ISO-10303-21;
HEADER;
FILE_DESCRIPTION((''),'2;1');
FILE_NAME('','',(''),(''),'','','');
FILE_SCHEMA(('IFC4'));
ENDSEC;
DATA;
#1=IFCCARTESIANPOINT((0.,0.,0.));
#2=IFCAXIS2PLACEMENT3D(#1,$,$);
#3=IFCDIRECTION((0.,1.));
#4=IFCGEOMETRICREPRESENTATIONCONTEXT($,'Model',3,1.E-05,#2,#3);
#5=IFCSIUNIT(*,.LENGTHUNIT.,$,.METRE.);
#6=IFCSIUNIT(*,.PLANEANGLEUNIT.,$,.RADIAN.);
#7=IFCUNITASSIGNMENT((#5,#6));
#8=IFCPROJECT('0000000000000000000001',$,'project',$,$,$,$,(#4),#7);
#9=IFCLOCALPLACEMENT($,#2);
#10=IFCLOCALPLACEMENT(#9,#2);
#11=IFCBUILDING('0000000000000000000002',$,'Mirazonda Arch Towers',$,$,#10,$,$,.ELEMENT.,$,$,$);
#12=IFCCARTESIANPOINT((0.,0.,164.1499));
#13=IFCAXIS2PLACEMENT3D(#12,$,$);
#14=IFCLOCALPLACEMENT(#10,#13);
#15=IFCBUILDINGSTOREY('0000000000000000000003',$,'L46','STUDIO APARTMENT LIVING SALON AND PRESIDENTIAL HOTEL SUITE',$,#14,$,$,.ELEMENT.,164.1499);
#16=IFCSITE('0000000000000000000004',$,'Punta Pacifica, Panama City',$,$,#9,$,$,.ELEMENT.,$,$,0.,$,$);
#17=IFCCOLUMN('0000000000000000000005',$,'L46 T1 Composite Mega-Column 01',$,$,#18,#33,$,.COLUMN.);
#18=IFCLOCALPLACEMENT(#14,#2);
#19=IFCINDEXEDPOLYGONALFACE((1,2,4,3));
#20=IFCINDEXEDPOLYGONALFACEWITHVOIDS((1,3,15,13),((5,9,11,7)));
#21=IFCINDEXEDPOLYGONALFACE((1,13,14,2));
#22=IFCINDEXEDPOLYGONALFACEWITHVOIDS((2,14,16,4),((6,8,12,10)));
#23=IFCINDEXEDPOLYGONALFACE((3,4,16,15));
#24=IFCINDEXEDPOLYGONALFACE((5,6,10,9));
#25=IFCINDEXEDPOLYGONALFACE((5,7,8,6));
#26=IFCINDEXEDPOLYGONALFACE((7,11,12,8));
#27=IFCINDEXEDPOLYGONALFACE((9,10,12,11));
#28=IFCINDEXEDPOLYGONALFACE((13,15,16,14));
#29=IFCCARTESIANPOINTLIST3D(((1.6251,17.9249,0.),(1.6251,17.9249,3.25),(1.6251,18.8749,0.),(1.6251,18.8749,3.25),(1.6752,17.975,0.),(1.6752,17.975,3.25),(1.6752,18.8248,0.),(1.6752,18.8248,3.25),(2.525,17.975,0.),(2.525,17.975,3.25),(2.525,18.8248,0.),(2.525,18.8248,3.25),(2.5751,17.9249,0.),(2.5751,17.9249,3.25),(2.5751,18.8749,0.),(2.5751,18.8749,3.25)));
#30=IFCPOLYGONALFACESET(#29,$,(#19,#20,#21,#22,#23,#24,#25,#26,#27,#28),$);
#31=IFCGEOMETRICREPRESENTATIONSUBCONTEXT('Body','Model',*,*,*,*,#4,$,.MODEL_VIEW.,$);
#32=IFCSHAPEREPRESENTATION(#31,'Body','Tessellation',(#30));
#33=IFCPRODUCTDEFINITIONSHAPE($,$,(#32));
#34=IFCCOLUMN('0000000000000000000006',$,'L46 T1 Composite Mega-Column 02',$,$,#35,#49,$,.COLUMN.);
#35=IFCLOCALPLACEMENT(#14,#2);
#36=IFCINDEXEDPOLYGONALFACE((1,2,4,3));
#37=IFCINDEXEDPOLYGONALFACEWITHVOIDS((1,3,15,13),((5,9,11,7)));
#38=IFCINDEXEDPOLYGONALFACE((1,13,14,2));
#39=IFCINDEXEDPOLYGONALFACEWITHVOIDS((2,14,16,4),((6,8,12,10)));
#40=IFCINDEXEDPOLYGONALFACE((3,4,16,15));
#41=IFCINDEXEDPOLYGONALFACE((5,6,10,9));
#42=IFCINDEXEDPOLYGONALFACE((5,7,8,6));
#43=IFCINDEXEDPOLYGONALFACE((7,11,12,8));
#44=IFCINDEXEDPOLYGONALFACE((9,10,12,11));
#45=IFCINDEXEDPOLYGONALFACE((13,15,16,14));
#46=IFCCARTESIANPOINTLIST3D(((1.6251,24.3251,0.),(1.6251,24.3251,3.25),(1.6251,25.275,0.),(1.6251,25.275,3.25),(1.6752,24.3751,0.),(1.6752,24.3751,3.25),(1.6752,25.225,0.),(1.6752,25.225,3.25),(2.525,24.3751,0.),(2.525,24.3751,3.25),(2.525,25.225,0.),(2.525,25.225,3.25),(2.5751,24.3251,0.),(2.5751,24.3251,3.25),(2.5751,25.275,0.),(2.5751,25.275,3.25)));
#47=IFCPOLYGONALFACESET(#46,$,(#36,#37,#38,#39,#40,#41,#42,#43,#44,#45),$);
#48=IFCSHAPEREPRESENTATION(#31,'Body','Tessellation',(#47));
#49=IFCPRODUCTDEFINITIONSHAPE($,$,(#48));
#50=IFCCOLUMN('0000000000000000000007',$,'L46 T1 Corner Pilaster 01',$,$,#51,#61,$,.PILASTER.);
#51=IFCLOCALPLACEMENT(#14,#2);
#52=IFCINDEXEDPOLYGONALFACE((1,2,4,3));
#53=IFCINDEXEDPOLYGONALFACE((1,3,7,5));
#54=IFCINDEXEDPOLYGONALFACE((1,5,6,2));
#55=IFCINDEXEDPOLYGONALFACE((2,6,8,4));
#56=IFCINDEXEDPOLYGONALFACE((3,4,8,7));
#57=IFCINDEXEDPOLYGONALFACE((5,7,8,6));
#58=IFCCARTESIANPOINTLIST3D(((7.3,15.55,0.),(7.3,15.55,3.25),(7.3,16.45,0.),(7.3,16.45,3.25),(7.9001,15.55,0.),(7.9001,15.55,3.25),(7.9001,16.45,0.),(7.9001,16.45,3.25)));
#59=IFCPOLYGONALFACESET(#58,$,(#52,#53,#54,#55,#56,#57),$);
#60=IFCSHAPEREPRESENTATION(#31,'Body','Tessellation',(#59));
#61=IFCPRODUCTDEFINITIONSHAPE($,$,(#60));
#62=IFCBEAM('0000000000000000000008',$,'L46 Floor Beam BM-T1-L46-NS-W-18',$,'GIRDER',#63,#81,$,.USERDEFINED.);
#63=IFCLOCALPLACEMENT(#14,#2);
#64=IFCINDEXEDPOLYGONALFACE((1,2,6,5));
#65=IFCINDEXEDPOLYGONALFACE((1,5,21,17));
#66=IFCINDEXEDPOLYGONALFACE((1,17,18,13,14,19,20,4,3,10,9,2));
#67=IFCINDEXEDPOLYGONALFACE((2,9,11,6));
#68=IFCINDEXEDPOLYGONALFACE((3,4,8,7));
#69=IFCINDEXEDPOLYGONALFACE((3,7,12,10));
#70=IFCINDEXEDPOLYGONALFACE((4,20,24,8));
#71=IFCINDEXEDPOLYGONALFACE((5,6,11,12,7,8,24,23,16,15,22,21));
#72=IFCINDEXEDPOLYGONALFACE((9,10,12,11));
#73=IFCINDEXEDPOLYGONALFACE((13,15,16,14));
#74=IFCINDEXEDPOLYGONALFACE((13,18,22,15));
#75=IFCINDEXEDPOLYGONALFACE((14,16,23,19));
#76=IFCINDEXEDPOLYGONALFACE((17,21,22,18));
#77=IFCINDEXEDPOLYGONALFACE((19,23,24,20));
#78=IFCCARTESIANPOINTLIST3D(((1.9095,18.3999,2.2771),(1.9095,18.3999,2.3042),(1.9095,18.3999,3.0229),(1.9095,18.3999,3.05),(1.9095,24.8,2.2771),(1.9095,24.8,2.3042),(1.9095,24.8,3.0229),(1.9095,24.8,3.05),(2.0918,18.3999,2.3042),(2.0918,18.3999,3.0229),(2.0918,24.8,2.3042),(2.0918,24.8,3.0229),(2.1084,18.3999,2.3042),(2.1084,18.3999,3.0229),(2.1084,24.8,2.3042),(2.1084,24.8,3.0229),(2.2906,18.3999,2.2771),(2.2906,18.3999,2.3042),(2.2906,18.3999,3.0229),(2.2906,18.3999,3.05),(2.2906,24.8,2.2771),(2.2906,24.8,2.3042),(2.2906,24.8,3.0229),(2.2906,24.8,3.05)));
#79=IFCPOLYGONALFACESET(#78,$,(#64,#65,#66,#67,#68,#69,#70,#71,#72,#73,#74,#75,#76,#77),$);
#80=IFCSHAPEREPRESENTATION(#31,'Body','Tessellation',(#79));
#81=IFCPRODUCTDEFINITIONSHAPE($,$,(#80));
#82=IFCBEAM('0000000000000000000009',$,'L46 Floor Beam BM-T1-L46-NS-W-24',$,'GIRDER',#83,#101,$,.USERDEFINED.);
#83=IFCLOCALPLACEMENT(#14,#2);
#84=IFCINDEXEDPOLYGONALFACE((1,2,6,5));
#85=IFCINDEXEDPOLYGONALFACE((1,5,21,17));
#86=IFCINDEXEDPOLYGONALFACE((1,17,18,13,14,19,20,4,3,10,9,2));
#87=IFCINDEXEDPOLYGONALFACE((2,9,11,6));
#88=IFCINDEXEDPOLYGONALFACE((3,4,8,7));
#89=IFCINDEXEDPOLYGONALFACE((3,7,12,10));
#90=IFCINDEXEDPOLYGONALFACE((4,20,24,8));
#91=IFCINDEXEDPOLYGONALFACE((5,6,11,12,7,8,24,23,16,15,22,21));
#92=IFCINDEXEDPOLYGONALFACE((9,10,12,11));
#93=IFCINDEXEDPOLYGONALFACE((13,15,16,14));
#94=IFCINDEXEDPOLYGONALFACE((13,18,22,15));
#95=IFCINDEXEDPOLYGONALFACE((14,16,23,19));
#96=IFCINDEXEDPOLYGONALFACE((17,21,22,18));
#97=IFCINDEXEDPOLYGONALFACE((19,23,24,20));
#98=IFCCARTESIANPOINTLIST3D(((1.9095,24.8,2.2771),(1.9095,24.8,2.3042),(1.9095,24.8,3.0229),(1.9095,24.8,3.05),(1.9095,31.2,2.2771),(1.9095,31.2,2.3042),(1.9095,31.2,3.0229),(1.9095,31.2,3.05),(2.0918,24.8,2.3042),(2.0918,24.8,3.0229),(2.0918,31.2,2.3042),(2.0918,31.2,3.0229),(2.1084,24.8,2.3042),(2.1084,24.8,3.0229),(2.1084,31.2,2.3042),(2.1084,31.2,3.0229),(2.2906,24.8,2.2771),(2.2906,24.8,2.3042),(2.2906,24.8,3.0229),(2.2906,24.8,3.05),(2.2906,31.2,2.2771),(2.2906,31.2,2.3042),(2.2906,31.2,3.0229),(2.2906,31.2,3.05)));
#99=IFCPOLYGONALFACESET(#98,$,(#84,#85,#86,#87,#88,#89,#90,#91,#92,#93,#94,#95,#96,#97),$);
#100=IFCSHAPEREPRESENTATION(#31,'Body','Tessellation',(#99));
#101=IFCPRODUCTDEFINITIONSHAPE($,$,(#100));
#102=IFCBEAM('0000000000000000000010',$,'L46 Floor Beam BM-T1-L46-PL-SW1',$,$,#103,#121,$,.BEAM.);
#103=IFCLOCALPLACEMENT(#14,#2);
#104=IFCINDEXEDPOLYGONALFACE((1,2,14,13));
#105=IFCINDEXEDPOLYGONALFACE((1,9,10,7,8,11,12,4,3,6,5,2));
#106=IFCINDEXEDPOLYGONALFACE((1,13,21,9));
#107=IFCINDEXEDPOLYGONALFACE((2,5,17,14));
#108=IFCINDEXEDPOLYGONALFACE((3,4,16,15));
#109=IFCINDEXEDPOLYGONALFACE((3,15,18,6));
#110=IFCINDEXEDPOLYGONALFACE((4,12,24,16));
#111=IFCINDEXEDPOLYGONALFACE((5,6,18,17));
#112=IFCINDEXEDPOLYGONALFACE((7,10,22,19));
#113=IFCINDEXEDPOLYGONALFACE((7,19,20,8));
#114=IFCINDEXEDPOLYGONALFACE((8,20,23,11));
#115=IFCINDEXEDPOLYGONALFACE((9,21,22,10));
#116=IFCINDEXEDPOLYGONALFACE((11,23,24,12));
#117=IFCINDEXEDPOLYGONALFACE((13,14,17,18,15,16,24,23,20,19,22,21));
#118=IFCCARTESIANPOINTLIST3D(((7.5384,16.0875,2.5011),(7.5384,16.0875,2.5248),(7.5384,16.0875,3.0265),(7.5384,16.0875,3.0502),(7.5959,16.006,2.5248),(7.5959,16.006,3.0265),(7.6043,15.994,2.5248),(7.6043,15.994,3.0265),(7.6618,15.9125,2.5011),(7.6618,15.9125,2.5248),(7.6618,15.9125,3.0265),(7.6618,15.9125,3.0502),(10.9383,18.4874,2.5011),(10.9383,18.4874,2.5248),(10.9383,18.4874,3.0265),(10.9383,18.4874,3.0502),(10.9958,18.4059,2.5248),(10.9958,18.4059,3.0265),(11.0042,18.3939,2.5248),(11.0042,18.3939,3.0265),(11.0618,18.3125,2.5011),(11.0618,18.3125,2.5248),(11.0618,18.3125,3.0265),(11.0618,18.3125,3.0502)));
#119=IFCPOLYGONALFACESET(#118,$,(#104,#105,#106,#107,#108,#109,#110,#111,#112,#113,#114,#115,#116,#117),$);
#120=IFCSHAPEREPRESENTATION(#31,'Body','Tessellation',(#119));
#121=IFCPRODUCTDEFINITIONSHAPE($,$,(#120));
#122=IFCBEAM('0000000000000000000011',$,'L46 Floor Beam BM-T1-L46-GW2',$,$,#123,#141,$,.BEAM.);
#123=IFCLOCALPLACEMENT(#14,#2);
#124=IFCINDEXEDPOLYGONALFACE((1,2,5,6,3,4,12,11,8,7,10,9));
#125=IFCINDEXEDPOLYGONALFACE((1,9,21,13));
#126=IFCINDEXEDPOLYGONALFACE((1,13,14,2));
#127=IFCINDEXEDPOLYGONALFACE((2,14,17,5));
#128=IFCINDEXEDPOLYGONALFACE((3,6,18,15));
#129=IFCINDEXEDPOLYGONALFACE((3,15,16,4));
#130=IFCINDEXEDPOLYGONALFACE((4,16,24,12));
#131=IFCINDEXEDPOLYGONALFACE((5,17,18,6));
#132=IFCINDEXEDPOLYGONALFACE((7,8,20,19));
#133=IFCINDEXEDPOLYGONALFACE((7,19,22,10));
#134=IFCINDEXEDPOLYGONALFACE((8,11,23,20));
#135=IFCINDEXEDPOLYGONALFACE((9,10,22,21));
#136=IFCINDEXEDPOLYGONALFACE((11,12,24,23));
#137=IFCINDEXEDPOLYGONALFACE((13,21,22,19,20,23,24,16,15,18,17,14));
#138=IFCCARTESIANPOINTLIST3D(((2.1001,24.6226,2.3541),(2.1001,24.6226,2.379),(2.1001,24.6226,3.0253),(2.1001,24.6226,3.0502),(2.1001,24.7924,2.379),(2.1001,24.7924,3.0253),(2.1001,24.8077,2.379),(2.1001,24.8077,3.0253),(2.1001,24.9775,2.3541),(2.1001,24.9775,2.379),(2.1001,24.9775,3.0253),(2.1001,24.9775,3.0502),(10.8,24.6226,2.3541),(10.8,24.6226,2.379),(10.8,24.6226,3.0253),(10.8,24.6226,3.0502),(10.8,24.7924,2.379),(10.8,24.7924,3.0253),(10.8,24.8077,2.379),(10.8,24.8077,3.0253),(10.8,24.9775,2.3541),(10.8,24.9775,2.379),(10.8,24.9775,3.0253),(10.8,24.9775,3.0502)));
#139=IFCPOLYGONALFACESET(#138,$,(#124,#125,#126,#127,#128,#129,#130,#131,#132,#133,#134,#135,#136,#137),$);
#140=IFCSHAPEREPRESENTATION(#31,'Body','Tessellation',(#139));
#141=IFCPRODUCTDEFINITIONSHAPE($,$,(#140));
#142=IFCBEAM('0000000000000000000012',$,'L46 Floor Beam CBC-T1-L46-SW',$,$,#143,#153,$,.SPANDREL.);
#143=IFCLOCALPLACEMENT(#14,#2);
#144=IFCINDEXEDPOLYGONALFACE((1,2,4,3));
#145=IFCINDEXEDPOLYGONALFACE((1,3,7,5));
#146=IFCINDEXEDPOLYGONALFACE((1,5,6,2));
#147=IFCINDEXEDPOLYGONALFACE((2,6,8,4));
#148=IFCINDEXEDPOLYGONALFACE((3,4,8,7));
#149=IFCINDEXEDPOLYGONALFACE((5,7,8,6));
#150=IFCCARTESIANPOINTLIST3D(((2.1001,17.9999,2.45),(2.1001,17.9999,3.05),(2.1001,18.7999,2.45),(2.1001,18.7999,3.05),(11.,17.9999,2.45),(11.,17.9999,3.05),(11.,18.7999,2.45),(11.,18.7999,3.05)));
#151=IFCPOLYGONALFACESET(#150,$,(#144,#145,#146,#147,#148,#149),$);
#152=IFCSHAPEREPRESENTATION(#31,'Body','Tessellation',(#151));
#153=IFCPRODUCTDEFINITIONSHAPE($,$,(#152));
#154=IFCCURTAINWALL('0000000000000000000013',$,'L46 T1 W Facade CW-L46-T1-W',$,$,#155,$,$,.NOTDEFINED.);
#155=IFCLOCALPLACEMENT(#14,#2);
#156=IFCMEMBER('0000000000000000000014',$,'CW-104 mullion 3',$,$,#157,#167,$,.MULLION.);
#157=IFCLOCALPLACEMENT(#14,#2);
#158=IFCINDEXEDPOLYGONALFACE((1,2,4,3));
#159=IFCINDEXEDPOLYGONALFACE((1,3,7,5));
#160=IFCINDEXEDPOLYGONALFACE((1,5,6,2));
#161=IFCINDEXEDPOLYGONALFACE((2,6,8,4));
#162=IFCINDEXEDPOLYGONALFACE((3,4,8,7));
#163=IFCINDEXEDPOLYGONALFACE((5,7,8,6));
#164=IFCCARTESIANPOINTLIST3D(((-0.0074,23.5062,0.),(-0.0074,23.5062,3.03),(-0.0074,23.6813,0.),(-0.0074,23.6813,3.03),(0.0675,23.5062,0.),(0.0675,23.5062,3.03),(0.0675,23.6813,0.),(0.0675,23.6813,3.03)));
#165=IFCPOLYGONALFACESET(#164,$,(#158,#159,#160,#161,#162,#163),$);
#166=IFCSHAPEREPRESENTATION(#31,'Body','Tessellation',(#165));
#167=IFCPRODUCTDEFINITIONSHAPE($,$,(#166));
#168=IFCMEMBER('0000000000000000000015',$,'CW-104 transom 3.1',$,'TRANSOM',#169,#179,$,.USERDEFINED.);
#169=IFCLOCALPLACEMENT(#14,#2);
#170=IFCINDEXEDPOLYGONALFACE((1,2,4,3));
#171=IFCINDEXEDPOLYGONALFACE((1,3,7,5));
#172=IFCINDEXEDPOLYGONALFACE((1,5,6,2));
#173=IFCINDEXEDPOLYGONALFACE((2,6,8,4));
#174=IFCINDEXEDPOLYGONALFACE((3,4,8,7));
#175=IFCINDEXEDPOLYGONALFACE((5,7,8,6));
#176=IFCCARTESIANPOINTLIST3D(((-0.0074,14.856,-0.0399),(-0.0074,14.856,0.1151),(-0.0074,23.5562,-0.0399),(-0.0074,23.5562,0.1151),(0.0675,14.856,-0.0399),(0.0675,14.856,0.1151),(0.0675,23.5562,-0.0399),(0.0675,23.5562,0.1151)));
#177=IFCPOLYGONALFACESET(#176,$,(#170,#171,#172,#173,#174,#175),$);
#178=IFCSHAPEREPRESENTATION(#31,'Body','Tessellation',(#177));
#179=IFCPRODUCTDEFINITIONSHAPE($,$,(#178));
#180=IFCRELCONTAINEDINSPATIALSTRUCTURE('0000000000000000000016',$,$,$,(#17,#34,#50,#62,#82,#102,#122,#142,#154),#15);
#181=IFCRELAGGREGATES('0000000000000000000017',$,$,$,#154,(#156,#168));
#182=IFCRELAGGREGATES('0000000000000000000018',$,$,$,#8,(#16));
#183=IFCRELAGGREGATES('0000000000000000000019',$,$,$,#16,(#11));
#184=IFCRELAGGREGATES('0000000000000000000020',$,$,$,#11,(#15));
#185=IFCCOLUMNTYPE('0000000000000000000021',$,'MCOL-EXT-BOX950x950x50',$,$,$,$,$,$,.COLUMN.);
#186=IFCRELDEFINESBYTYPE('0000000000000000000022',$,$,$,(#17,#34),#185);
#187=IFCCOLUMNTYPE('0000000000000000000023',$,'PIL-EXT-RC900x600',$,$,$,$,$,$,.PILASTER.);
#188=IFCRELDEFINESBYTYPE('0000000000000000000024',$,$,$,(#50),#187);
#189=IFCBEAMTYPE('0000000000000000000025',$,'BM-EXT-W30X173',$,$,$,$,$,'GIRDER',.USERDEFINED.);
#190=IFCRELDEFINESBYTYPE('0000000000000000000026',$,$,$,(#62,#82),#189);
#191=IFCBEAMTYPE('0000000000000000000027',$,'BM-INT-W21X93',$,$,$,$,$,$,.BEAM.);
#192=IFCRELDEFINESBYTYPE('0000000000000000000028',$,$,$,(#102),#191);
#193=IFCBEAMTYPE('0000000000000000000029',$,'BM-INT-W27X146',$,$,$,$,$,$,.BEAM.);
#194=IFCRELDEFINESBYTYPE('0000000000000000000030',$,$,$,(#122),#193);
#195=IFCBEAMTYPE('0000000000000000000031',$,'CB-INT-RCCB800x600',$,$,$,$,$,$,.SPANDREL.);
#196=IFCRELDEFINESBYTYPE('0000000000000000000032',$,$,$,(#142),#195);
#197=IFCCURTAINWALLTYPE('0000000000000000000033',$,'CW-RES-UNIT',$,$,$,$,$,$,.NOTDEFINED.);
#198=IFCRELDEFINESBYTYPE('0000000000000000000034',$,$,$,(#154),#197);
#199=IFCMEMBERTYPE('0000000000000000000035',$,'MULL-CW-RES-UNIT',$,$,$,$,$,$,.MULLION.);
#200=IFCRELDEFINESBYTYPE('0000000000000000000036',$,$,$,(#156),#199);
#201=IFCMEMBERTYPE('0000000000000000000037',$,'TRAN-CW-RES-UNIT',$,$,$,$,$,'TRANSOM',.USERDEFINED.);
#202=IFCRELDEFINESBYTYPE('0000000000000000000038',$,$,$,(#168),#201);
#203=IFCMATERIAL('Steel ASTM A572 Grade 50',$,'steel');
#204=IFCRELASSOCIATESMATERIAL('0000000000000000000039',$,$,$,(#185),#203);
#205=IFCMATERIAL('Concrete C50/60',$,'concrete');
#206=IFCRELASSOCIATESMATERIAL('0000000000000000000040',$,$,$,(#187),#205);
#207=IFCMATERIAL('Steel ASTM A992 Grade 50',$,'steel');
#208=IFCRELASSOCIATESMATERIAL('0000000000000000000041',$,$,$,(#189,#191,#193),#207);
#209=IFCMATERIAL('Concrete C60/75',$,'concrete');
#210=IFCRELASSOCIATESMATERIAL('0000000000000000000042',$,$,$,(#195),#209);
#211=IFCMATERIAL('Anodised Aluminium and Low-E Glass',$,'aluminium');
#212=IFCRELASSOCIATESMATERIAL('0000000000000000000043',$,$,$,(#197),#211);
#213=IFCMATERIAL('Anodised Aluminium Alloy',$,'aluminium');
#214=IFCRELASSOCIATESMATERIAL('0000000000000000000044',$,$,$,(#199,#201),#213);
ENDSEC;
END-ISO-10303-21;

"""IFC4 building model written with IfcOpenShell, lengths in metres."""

from ifc_helpers import new_model, si_unit, direction, frame, origin, origin_2d, place, context, subcontext, project, spatial, rectangle, hollow_rectangle, i_section, extrude, material, material_profile, profile_set, type_object, element, aggregate, save


model = new_model("IFC4")

# Units and contexts
model_context = context("Model", 3, precision=1e-05, world=origin(), true_north=direction((0.0, 1.0)))
body_context = subcontext(model_context, "Body", "Model", "MODEL_VIEW")
ifc_project = project(units=[si_unit("LENGTHUNIT", "METRE"), si_unit("PLANEANGLEUNIT", "RADIAN")], contexts=[model_context])

# Site, building, storey
site_placement = place(None, origin())
site = spatial("IfcSite", under=ifc_project, at=site_placement, Name="Punta Pacifica, Panama City", CompositionType="ELEMENT", RefElevation=0.0)
building_placement = place(site_placement, origin())
building = spatial("IfcBuilding", under=site, at=building_placement, Name="Mirazonda Arch Towers", CompositionType="ELEMENT")
storey_placement = place(building_placement, frame((0.0, 0.0, 164.1499)))
storey = spatial("IfcBuildingStorey", under=building, at=storey_placement, Name="L46", Description="STUDIO APARTMENT LIVING SALON AND PRESIDENTIAL HOTEL SUITE", CompositionType="ELEMENT", Elevation=164.1499)

# Columns
ifc_material_1 = material(Name="Steel ASTM A572 Grade 50", Category="steel")
ifc_material_profile_1 = material_profile(ifc_material_1, hollow_rectangle(XDim=0.95, YDim=0.95, WallThickness=0.05, at=origin_2d()), Name="BOX950x950x50")
ifc_profile_set_1 = profile_set([ifc_material_profile_1], Name="Steel ASTM A572 Grade 50")
column_type_1 = type_object("IfcColumnType", Name="MCOL-EXT-BOX950x950x50", PredefinedType="COLUMN", material=ifc_profile_set_1)
for number, where, z_axis, x_axis, name in (
    (1, (2.1001, 18.3999, 0.0), (0.0, 0.0, 1.0), (1.0, 0.0, 0.0), "L46 T1 Composite Mega-Column 01"),
    (2, (2.1001, 24.8, 0.0), (0.0, 0.0, 1.0), (1.0, 0.0, 0.0), "L46 T1 Composite Mega-Column 02"),
):
    element("IfcColumn", number, at=place(storey_placement, frame(where, z_axis=z_axis, x_axis=x_axis)), inside=storey, type_object=column_type_1, Name=name, PredefinedType="COLUMN", context=body_context, shape_type="SweptSolid", body=[
        extrude(hollow_rectangle(XDim=0.95, YDim=0.95, WallThickness=0.05, at=origin_2d()), origin(), (0.0, 0.0, 1.0), 3.25),
    ])
ifc_material_2 = material(Name="Concrete C50/60", Category="concrete")
ifc_material_profile_2 = material_profile(ifc_material_2, rectangle(XDim=0.6001, YDim=0.8999, at=origin_2d()), Name="RC900x600")
ifc_profile_set_2 = profile_set([ifc_material_profile_2], Name="Concrete C50/60")
column_type_2 = type_object("IfcColumnType", Name="PIL-EXT-RC900x600", PredefinedType="PILASTER", material=ifc_profile_set_2)
column_placement = place(storey_placement, frame((7.6001, 16.0, 0.0), z_axis=(0.0, 0.0, 1.0), x_axis=(1.0, 0.0, 0.0)))
element("IfcColumn", 3, at=column_placement, inside=storey, type_object=column_type_2, Name="L46 T1 Corner Pilaster 01", PredefinedType="PILASTER", context=body_context, shape_type="SweptSolid", body=[
    extrude(rectangle(XDim=0.6001, YDim=0.8999, at=origin_2d()), origin(), (0.0, 0.0, 1.0), 3.25),
])

# Beams
ifc_material_3 = material(Name="Steel ASTM A992 Grade 50", Category="steel")
ifc_material_profile_3 = material_profile(ifc_material_3, i_section(OverallWidth=0.3811, OverallDepth=0.7729, WebThickness=0.0166, FlangeThickness=0.0271, at=origin_2d()), Name="W30X173")
ifc_profile_set_3 = profile_set([ifc_material_profile_3], Name="Steel ASTM A992 Grade 50")
beam_type_1 = type_object("IfcBeamType", Name="BM-EXT-W30X173", ElementType="GIRDER", PredefinedType="USERDEFINED", material=ifc_profile_set_3)
beam_1_placement = place(storey_placement, frame((2.1001, 18.3999, 2.6636), z_axis=(0.0, 1.0, 0.0), x_axis=(-1.0, 0.0, 0.0)))
element("IfcBeam", 4, at=beam_1_placement, inside=storey, type_object=beam_type_1, Name="L46 Floor Beam BM-T1-L46-NS-W-18", ObjectType="GIRDER", PredefinedType="USERDEFINED", context=body_context, shape_type="SweptSolid", body=[
    extrude(i_section(OverallWidth=0.3811, OverallDepth=0.7729, WebThickness=0.0166, FlangeThickness=0.0271, at=origin_2d()), origin(), (0.0, 0.0, 1.0), 6.4001),
])
beam_2_placement = place(storey_placement, frame((2.1001, 24.8, 2.6636), z_axis=(0.0, 1.0, 0.0), x_axis=(-1.0, 0.0, 0.0)))
element("IfcBeam", 5, at=beam_2_placement, inside=storey, type_object=beam_type_1, Name="L46 Floor Beam BM-T1-L46-NS-W-24", ObjectType="GIRDER", PredefinedType="USERDEFINED", context=body_context, shape_type="SweptSolid", body=[
    extrude(i_section(OverallWidth=0.3811, OverallDepth=0.7729, WebThickness=0.0166, FlangeThickness=0.0271, at=origin_2d()), origin(), (0.0, 0.0, 1.0), 6.3999),
])
ifc_material_profile_4 = material_profile(ifc_material_3, i_section(OverallWidth=0.2141, OverallDepth=0.5491, WebThickness=0.0146, FlangeThickness=0.0237, at=origin_2d()), Name="W21X93")
ifc_profile_set_4 = profile_set([ifc_material_profile_4], Name="Steel ASTM A992 Grade 50")
beam_type_2 = type_object("IfcBeamType", Name="BM-INT-W21X93", PredefinedType="BEAM", material=ifc_profile_set_4)
beam_3_placement = place(storey_placement, frame((7.6001, 16.0, 2.7756), z_axis=(0.816971, 0.576679, 0.0), x_axis=(-0.576679, 0.816971, 0.0)))
element("IfcBeam", 6, at=beam_3_placement, inside=storey, type_object=beam_type_2, Name="L46 Floor Beam BM-T1-L46-PL-SW1", PredefinedType="BEAM", context=body_context, shape_type="SweptSolid", body=[
    extrude(i_section(OverallWidth=0.2141, OverallDepth=0.5491, WebThickness=0.0146, FlangeThickness=0.0237, at=origin_2d()), origin(), (0.0, 0.0, 1.0), 4.1616),
])
ifc_material_profile_5 = material_profile(ifc_material_3, i_section(OverallWidth=0.355, OverallDepth=0.696, WebThickness=0.0154, FlangeThickness=0.0249, at=origin_2d()), Name="W27X146")
ifc_profile_set_5 = profile_set([ifc_material_profile_5], Name="Steel ASTM A992 Grade 50")
beam_type_3 = type_object("IfcBeamType", Name="BM-INT-W27X146", PredefinedType="BEAM", material=ifc_profile_set_5)
beam_4_placement = place(storey_placement, frame((2.1001, 24.8, 2.7021), z_axis=(1.0, 0.0, 0.0), x_axis=(0.0, 1.0, 0.0)))
element("IfcBeam", 7, at=beam_4_placement, inside=storey, type_object=beam_type_3, Name="L46 Floor Beam BM-T1-L46-GW2", PredefinedType="BEAM", context=body_context, shape_type="SweptSolid", body=[
    extrude(i_section(OverallWidth=0.355, OverallDepth=0.696, WebThickness=0.0154, FlangeThickness=0.0249, at=origin_2d()), origin(), (0.0, 0.0, 1.0), 8.7),
])
ifc_material_4 = material(Name="Concrete C60/75", Category="concrete")
ifc_material_profile_6 = material_profile(ifc_material_4, rectangle(XDim=0.8, YDim=0.6001, at=origin_2d()), Name="RCCB800x600")
ifc_profile_set_6 = profile_set([ifc_material_profile_6], Name="Concrete C60/75")
beam_type_4 = type_object("IfcBeamType", Name="CB-INT-RCCB800x600", PredefinedType="SPANDREL", material=ifc_profile_set_6)
beam_5_placement = place(storey_placement, frame((2.1001, 18.3999, 2.75), z_axis=(1.0, 0.0, 0.0), x_axis=(0.0, 1.0, 0.0)))
element("IfcBeam", 8, at=beam_5_placement, inside=storey, type_object=beam_type_4, Name="L46 Floor Beam CBC-T1-L46-SW", PredefinedType="SPANDREL", context=body_context, shape_type="SweptSolid", body=[
    extrude(rectangle(XDim=0.8, YDim=0.6001, at=origin_2d()), origin(), (0.0, 0.0, 1.0), 8.8999),
])

# Curtain wall, members
ifc_material_5 = material(Name="Anodised Aluminium and Low-E Glass", Category="aluminium")
curtain_wall_type = type_object("IfcCurtainWallType", Name="CW-RES-UNIT", PredefinedType="NOTDEFINED", material=ifc_material_5)
curtain_wall_placement = place(storey_placement, origin())
curtain_wall = element("IfcCurtainWall", 9, at=curtain_wall_placement, inside=storey, type_object=curtain_wall_type, Name="L46 T1 W Facade CW-L46-T1-W", PredefinedType="NOTDEFINED")
ifc_material_6 = material(Name="Anodised Aluminium Alloy", Category="aluminium")
ifc_material_profile_7 = material_profile(ifc_material_6, rectangle(XDim=0.075, YDim=0.175, at=origin_2d()), Name="ALU-MULL-75x175")
ifc_profile_set_7 = profile_set([ifc_material_profile_7], Name="Anodised Aluminium Alloy")
member_type_1 = type_object("IfcMemberType", Name="MULL-CW-RES-UNIT", PredefinedType="MULLION", material=ifc_profile_set_7)
member_1_placement = place(storey_placement, frame((0.03, 23.5938, 0.0), z_axis=(0.0, 0.0, 1.0), x_axis=(1.0, 0.0, 0.0)))
member_1 = element("IfcMember", 10, at=member_1_placement, type_object=member_type_1, Name="CW-104 mullion 3", PredefinedType="MULLION", context=body_context, shape_type="SweptSolid", body=[
    extrude(rectangle(XDim=0.075, YDim=0.175, at=origin_2d()), origin(), (0.0, 0.0, 1.0), 3.03),
])
ifc_material_profile_8 = material_profile(ifc_material_6, rectangle(XDim=0.075, YDim=0.155, at=origin_2d()), Name="ALU-TRAN-75x155")
ifc_profile_set_8 = profile_set([ifc_material_profile_8], Name="Anodised Aluminium Alloy")
member_type_2 = type_object("IfcMemberType", Name="TRAN-CW-RES-UNIT", ElementType="TRANSOM", PredefinedType="USERDEFINED", material=ifc_profile_set_8)
member_2_placement = place(storey_placement, frame((0.03, 23.5562, 0.0376), z_axis=(0.0, -1.0, 0.0), x_axis=(1.0, 0.0, 0.0)))
member_2 = element("IfcMember", 11, at=member_2_placement, type_object=member_type_2, Name="CW-104 transom 3.1", ObjectType="TRANSOM", PredefinedType="USERDEFINED", context=body_context, shape_type="SweptSolid", body=[
    extrude(rectangle(XDim=0.075, YDim=0.155, at=origin_2d()), origin(), (0.0, 0.0, 1.0), 8.7002),
])
aggregate(curtain_wall, [member_1, member_2])

save(model, "model.ifc")
